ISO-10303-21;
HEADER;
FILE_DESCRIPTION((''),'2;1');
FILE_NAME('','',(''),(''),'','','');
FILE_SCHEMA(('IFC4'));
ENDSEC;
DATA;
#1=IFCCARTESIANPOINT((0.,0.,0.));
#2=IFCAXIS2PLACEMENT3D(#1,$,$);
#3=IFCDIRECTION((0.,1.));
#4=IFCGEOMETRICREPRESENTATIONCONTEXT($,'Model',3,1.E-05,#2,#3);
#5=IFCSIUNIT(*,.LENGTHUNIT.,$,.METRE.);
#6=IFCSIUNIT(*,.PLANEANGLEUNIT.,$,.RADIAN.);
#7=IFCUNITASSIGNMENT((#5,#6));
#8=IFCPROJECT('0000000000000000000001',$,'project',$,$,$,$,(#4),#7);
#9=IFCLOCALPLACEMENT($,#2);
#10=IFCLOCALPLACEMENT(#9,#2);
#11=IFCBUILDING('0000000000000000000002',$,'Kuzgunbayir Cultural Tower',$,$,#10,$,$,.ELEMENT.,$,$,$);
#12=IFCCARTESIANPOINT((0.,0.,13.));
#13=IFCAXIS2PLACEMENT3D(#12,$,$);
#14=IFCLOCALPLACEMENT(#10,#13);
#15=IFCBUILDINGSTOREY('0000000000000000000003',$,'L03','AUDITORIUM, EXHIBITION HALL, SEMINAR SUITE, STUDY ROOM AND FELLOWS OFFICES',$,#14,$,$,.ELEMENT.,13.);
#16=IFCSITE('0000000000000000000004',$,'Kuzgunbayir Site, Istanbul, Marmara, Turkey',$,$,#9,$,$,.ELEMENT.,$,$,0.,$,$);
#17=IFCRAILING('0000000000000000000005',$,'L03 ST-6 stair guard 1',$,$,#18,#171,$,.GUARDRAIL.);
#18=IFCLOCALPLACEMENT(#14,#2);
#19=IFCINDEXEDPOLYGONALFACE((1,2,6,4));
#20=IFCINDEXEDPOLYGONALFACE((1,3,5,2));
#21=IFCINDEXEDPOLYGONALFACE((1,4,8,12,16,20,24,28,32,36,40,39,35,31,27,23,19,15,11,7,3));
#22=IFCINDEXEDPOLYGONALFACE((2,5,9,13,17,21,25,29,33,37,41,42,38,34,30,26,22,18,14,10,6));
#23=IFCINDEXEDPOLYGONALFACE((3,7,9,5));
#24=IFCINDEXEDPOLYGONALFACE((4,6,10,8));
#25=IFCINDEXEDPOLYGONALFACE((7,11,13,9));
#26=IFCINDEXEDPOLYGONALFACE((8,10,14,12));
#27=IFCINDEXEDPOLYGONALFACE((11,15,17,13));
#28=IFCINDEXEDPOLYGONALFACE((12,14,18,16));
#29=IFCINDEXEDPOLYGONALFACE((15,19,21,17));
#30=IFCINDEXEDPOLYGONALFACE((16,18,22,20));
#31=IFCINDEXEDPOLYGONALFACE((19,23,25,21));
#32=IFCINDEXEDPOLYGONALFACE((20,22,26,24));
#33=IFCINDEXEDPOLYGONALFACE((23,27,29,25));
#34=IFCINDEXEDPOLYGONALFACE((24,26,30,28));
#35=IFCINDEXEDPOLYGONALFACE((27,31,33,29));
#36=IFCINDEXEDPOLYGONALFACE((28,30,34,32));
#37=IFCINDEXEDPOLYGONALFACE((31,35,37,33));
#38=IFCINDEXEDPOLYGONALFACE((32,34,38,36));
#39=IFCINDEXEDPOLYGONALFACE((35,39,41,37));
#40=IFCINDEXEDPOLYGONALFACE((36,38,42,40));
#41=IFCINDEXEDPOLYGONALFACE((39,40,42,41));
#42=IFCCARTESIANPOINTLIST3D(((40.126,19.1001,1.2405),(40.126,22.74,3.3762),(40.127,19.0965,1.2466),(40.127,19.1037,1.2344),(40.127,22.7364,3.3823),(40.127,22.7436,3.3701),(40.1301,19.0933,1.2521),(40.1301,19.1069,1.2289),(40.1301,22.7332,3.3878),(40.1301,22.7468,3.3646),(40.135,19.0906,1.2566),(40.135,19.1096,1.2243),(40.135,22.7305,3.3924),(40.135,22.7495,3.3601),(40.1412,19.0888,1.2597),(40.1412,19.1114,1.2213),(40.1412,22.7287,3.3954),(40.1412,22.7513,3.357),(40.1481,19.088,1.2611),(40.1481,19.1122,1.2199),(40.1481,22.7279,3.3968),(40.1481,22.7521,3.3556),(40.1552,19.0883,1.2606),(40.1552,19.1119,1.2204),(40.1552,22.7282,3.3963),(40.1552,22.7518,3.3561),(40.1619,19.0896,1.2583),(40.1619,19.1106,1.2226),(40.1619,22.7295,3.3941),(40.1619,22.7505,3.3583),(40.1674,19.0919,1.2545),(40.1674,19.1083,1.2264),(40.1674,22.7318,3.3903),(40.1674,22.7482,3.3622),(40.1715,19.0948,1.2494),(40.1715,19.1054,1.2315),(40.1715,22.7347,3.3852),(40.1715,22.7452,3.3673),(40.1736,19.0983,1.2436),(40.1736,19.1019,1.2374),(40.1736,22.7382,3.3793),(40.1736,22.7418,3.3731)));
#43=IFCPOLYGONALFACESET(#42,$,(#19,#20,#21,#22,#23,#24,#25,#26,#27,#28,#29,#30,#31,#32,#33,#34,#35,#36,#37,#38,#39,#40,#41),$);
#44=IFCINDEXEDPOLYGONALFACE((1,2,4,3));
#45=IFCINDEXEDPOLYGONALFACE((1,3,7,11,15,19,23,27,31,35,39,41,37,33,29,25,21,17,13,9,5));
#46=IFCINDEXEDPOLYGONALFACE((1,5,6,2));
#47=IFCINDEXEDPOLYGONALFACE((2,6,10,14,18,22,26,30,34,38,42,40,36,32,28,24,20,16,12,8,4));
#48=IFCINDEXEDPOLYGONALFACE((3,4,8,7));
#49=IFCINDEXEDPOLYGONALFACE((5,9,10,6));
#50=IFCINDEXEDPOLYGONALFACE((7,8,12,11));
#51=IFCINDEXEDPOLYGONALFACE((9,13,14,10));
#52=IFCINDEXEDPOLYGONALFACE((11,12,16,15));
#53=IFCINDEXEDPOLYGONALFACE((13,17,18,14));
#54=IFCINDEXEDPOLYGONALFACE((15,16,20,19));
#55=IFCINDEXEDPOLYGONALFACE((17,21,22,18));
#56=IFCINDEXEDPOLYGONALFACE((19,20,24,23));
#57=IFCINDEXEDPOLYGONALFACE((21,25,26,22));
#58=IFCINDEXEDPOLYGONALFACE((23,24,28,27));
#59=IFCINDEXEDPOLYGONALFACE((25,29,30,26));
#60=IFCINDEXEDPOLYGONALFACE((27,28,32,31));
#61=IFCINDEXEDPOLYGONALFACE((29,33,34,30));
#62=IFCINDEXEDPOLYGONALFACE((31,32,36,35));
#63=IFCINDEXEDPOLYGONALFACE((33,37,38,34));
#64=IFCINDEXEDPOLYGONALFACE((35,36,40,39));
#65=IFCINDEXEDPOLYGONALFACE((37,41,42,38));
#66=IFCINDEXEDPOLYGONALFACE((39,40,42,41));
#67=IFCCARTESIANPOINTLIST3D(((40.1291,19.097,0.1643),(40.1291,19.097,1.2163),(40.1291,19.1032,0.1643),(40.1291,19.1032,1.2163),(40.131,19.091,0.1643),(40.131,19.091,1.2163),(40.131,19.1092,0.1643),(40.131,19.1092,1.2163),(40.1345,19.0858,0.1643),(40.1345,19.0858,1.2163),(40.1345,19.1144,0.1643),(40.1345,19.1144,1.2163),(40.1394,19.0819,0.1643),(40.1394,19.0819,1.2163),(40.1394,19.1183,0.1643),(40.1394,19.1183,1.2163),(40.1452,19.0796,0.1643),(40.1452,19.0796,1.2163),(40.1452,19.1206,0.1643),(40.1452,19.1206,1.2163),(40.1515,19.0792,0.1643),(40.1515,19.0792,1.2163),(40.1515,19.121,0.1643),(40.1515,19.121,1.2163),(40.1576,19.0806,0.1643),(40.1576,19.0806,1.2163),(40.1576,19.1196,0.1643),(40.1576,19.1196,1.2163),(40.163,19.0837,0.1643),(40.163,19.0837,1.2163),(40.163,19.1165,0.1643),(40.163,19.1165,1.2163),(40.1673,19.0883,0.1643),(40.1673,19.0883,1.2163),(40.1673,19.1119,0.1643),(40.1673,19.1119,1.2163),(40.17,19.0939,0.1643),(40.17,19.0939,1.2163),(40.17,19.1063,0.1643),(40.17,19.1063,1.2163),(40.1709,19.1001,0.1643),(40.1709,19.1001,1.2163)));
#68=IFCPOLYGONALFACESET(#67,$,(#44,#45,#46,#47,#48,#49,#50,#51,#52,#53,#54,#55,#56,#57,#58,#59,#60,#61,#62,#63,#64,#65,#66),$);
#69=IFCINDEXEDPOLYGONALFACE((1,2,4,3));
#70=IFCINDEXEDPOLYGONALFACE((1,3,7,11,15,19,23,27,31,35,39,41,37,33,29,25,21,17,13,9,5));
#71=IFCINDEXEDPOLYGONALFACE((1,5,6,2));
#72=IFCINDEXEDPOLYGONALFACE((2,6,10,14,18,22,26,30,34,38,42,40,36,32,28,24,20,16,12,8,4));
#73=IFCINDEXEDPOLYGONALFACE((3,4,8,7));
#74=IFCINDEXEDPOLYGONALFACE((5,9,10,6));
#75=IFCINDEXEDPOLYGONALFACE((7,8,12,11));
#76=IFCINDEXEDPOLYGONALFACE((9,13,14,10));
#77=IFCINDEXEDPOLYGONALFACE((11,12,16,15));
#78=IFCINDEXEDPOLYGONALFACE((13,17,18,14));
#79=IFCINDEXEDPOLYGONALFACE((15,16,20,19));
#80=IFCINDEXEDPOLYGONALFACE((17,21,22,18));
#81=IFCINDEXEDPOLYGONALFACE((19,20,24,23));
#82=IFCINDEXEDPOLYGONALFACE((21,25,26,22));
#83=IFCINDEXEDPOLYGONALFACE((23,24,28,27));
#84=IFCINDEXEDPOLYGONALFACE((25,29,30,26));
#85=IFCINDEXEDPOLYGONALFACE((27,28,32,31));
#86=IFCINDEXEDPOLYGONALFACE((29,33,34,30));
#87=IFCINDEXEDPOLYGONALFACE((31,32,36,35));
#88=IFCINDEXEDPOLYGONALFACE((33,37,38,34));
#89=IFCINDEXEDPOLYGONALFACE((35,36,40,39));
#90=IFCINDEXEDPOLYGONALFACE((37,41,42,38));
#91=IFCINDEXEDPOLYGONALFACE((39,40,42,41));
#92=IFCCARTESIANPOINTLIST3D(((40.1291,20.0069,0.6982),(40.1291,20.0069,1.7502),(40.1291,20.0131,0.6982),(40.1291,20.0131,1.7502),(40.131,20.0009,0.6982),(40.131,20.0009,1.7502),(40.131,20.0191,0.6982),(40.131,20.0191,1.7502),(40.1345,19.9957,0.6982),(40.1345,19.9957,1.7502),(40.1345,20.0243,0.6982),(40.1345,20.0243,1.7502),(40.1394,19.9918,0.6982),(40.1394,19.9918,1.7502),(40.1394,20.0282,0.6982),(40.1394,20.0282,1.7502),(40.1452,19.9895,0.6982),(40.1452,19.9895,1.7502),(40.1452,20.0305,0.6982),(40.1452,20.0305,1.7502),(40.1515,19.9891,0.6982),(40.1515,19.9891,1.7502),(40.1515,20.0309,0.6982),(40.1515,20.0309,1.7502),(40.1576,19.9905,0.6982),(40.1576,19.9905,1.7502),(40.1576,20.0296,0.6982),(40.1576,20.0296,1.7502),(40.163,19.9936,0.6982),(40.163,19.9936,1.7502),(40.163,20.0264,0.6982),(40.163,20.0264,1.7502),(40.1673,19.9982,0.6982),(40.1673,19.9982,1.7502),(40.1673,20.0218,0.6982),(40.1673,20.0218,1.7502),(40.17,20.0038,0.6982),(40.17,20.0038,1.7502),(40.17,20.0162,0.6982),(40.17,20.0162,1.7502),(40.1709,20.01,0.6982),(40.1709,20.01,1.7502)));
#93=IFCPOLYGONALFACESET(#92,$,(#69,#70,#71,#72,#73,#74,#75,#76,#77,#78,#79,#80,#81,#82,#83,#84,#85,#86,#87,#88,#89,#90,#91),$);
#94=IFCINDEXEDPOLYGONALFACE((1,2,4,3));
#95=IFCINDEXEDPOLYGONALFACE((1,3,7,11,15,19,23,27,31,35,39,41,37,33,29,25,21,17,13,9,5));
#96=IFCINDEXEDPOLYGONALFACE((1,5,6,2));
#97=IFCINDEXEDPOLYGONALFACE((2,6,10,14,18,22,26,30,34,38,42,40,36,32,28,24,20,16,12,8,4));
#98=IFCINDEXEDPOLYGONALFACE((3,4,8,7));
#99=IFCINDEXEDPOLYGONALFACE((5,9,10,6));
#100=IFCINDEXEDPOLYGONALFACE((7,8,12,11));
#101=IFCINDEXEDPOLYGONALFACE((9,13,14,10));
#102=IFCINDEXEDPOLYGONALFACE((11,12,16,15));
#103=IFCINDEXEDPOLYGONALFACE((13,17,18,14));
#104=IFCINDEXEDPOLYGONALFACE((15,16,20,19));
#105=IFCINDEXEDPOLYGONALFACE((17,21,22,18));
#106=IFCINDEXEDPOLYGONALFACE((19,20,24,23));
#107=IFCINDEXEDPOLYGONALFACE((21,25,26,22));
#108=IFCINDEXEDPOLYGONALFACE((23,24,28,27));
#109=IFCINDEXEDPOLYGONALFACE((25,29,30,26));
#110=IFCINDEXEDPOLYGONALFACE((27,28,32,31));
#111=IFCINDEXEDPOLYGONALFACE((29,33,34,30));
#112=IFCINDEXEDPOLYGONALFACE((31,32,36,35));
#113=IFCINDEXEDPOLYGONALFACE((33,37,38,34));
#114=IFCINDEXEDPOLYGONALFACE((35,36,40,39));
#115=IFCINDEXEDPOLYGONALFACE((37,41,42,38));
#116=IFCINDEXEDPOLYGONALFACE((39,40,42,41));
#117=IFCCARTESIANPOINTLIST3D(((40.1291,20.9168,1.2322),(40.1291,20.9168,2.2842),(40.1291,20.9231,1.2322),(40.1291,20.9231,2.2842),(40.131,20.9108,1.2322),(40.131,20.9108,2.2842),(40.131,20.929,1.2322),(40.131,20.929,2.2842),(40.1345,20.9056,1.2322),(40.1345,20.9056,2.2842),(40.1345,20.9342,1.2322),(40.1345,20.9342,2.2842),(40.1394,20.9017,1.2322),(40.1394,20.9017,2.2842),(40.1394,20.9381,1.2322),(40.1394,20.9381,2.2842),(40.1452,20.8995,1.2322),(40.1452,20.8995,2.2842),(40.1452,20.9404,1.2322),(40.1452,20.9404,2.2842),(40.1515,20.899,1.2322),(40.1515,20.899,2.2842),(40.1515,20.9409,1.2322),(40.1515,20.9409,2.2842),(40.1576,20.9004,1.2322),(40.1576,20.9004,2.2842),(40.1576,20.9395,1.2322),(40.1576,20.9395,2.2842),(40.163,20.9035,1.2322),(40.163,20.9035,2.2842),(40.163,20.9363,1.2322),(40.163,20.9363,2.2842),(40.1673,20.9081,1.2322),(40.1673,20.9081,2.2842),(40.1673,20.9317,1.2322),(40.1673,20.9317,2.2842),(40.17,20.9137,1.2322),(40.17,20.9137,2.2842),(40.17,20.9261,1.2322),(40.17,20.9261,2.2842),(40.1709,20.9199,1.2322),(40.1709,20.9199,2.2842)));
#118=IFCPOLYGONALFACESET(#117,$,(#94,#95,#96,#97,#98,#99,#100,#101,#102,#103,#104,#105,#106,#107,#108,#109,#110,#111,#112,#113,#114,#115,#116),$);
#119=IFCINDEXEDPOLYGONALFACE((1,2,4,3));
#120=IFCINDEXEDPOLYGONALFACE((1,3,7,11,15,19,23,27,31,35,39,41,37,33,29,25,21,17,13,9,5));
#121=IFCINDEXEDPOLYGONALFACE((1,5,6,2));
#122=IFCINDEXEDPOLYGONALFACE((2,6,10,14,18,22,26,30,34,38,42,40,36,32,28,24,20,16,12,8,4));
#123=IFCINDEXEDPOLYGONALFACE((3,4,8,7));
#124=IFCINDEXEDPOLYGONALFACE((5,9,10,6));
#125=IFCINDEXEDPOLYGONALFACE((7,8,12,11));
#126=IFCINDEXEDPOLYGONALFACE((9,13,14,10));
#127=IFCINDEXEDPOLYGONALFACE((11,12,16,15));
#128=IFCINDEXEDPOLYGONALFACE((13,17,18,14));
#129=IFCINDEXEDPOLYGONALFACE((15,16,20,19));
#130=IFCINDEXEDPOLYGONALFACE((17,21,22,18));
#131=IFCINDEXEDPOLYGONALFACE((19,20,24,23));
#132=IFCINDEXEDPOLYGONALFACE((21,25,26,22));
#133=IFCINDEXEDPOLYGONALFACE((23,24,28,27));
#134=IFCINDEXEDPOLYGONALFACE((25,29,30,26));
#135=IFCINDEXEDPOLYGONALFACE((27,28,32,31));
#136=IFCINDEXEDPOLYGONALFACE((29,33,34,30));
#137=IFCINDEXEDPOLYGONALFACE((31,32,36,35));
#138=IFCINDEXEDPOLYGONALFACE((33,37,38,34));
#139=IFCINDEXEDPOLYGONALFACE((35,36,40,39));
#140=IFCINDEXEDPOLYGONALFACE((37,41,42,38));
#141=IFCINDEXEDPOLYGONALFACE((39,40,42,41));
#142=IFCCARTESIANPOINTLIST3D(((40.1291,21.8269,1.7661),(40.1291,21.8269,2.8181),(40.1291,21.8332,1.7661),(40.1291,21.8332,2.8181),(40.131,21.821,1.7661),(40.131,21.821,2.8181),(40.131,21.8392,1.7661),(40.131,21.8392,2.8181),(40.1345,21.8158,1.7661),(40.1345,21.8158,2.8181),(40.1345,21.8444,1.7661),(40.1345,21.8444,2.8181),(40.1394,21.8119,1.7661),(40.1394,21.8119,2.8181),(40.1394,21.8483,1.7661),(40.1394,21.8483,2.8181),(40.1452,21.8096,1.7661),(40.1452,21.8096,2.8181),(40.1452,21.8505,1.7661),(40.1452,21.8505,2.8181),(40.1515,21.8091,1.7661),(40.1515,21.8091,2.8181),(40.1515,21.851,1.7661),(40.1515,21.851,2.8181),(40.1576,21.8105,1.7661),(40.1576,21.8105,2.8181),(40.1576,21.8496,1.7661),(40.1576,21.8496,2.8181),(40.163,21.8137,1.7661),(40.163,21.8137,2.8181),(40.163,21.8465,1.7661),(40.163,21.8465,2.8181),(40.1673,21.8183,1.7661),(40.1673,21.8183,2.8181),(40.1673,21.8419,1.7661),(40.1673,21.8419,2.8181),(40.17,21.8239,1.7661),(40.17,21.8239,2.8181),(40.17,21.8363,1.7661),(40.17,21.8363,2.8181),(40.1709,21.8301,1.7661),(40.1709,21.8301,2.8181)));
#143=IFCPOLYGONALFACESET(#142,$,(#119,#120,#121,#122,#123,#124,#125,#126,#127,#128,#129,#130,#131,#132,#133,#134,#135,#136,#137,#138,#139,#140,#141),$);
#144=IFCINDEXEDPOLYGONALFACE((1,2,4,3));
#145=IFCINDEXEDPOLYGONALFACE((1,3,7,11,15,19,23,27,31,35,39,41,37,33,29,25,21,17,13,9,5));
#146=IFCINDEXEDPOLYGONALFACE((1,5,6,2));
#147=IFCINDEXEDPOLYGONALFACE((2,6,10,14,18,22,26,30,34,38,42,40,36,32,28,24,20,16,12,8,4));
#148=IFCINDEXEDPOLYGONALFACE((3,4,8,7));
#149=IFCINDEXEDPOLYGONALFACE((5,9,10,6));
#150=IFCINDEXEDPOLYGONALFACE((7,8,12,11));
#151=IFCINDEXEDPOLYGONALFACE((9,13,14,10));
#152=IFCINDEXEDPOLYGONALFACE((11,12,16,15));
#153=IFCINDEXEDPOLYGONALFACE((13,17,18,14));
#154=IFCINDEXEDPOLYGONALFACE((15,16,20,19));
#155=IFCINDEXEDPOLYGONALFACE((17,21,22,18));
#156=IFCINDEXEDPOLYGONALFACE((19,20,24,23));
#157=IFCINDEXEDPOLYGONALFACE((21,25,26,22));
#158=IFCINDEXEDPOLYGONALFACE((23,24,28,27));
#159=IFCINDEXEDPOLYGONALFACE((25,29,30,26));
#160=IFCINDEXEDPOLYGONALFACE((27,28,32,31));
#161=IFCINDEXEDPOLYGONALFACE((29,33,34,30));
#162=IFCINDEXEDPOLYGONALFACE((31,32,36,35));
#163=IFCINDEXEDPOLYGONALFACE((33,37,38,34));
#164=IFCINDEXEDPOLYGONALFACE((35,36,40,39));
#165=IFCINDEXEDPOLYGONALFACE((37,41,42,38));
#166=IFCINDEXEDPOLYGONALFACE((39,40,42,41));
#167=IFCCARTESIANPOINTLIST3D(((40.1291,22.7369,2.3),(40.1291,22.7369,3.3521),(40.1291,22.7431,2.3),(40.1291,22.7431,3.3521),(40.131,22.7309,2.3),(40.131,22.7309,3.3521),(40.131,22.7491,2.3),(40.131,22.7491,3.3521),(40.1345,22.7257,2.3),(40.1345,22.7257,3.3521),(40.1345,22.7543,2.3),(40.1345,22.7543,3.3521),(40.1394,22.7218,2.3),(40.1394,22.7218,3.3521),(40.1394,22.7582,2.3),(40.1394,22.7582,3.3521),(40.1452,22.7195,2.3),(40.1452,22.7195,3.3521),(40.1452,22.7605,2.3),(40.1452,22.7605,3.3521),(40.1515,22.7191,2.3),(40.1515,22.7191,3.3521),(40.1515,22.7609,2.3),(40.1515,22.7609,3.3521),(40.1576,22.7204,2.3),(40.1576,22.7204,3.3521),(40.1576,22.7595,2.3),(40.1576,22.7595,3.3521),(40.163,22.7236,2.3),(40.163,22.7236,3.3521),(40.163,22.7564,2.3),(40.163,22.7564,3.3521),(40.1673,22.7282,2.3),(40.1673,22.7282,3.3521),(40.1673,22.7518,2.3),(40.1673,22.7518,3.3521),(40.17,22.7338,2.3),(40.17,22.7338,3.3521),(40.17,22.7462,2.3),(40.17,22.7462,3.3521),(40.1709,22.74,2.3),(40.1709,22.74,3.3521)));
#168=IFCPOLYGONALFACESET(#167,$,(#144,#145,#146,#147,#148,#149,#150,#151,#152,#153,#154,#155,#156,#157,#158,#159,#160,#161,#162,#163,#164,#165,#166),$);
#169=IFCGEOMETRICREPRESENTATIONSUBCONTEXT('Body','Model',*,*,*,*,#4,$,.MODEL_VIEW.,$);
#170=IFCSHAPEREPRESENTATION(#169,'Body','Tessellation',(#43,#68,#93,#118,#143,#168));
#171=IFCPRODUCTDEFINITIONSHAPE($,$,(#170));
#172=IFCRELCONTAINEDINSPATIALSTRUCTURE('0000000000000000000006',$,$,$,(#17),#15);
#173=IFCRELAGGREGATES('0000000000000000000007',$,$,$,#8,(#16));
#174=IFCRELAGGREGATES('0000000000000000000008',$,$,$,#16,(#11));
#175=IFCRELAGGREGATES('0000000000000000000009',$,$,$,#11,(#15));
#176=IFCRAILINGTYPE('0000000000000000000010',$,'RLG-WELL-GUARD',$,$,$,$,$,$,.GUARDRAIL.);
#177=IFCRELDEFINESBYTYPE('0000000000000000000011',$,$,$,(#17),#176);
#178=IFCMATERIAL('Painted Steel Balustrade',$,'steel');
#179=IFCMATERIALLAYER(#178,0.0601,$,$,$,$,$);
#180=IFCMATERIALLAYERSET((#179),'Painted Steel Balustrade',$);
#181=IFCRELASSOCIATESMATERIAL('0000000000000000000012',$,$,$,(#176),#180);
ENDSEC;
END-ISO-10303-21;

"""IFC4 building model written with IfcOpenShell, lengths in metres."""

from ifc_helpers import new_model, si_unit, direction, frame, origin, origin_2d, place, context, subcontext, project, spatial, circle, extrude, material, layer, layer_set, type_object, element, save


model = new_model("IFC4")

# Units and contexts
model_context = context("Model", 3, precision=1e-05, world=origin(), true_north=direction((0.0, 1.0)))
body_context = subcontext(model_context, "Body", "Model", "MODEL_VIEW")
ifc_project = project(units=[si_unit("LENGTHUNIT", "METRE"), si_unit("PLANEANGLEUNIT", "RADIAN")], contexts=[model_context])

# Site, building, storey
site_placement = place(None, origin())
site = spatial("IfcSite", under=ifc_project, at=site_placement, Name="Kuzgunbayir Site, Istanbul, Marmara, Turkey", CompositionType="ELEMENT", RefElevation=0.0)
building_placement = place(site_placement, origin())
building = spatial("IfcBuilding", under=site, at=building_placement, Name="Kuzgunbayir Cultural Tower", CompositionType="ELEMENT")
storey_placement = place(building_placement, frame((0.0, 0.0, 13.0)))
storey = spatial("IfcBuildingStorey", under=building, at=storey_placement, Name="L03", Description="AUDITORIUM, EXHIBITION HALL, SEMINAR SUITE, STUDY ROOM AND FELLOWS OFFICES", CompositionType="ELEMENT", Elevation=13.0)

# Railing
ifc_material_1 = material(Name="Painted Steel Balustrade", Category="steel")
ifc_layer_1 = layer(ifc_material_1, 0.0601)
ifc_layer_set_1 = layer_set([ifc_layer_1], Name="Painted Steel Balustrade")
railing_type_1 = type_object("IfcRailingType", Name="RLG-WELL-GUARD", PredefinedType="GUARDRAIL", material=ifc_layer_set_1)
railing_1_placement = place(storey_placement, frame((40.1499, 19.1001, 0.1643)))
element("IfcRailing", 1, at=railing_1_placement, inside=storey, type_object=railing_type_1, Name="L03 ST-6 stair guard 1", PredefinedType="GUARDRAIL", context=body_context, shape_type="SweptSolid", body=[
    extrude(circle(Radius=0.0239, at=origin_2d()), frame((0.0, 0.0, 1.0762), z_axis=(0.0, 0.86249, 0.506074), x_axis=(-1.0, 0.0, 0.0)), (0.0, 0.0, 1.0), 4.2202),
    extrude(circle(Radius=0.021, at=origin_2d()), origin(), (0.0, 0.0, 1.0), 1.052),
    extrude(circle(Radius=0.021, at=origin_2d()), frame((0.0, 0.9099, 0.5339)), (0.0, 0.0, 1.0), 1.052),
    extrude(circle(Radius=0.021, at=origin_2d()), frame((0.0, 1.8198, 1.0679)), (0.0, 0.0, 1.0), 1.052),
    extrude(circle(Radius=0.021, at=origin_2d()), frame((0.0, 2.73, 1.6018)), (0.0, 0.0, 1.0), 1.052),
    extrude(circle(Radius=0.021, at=origin_2d()), frame((0.0, 3.6399, 2.1357)), (0.0, 0.0, 1.0), 1.052),
])

save(model, "model.ifc")
